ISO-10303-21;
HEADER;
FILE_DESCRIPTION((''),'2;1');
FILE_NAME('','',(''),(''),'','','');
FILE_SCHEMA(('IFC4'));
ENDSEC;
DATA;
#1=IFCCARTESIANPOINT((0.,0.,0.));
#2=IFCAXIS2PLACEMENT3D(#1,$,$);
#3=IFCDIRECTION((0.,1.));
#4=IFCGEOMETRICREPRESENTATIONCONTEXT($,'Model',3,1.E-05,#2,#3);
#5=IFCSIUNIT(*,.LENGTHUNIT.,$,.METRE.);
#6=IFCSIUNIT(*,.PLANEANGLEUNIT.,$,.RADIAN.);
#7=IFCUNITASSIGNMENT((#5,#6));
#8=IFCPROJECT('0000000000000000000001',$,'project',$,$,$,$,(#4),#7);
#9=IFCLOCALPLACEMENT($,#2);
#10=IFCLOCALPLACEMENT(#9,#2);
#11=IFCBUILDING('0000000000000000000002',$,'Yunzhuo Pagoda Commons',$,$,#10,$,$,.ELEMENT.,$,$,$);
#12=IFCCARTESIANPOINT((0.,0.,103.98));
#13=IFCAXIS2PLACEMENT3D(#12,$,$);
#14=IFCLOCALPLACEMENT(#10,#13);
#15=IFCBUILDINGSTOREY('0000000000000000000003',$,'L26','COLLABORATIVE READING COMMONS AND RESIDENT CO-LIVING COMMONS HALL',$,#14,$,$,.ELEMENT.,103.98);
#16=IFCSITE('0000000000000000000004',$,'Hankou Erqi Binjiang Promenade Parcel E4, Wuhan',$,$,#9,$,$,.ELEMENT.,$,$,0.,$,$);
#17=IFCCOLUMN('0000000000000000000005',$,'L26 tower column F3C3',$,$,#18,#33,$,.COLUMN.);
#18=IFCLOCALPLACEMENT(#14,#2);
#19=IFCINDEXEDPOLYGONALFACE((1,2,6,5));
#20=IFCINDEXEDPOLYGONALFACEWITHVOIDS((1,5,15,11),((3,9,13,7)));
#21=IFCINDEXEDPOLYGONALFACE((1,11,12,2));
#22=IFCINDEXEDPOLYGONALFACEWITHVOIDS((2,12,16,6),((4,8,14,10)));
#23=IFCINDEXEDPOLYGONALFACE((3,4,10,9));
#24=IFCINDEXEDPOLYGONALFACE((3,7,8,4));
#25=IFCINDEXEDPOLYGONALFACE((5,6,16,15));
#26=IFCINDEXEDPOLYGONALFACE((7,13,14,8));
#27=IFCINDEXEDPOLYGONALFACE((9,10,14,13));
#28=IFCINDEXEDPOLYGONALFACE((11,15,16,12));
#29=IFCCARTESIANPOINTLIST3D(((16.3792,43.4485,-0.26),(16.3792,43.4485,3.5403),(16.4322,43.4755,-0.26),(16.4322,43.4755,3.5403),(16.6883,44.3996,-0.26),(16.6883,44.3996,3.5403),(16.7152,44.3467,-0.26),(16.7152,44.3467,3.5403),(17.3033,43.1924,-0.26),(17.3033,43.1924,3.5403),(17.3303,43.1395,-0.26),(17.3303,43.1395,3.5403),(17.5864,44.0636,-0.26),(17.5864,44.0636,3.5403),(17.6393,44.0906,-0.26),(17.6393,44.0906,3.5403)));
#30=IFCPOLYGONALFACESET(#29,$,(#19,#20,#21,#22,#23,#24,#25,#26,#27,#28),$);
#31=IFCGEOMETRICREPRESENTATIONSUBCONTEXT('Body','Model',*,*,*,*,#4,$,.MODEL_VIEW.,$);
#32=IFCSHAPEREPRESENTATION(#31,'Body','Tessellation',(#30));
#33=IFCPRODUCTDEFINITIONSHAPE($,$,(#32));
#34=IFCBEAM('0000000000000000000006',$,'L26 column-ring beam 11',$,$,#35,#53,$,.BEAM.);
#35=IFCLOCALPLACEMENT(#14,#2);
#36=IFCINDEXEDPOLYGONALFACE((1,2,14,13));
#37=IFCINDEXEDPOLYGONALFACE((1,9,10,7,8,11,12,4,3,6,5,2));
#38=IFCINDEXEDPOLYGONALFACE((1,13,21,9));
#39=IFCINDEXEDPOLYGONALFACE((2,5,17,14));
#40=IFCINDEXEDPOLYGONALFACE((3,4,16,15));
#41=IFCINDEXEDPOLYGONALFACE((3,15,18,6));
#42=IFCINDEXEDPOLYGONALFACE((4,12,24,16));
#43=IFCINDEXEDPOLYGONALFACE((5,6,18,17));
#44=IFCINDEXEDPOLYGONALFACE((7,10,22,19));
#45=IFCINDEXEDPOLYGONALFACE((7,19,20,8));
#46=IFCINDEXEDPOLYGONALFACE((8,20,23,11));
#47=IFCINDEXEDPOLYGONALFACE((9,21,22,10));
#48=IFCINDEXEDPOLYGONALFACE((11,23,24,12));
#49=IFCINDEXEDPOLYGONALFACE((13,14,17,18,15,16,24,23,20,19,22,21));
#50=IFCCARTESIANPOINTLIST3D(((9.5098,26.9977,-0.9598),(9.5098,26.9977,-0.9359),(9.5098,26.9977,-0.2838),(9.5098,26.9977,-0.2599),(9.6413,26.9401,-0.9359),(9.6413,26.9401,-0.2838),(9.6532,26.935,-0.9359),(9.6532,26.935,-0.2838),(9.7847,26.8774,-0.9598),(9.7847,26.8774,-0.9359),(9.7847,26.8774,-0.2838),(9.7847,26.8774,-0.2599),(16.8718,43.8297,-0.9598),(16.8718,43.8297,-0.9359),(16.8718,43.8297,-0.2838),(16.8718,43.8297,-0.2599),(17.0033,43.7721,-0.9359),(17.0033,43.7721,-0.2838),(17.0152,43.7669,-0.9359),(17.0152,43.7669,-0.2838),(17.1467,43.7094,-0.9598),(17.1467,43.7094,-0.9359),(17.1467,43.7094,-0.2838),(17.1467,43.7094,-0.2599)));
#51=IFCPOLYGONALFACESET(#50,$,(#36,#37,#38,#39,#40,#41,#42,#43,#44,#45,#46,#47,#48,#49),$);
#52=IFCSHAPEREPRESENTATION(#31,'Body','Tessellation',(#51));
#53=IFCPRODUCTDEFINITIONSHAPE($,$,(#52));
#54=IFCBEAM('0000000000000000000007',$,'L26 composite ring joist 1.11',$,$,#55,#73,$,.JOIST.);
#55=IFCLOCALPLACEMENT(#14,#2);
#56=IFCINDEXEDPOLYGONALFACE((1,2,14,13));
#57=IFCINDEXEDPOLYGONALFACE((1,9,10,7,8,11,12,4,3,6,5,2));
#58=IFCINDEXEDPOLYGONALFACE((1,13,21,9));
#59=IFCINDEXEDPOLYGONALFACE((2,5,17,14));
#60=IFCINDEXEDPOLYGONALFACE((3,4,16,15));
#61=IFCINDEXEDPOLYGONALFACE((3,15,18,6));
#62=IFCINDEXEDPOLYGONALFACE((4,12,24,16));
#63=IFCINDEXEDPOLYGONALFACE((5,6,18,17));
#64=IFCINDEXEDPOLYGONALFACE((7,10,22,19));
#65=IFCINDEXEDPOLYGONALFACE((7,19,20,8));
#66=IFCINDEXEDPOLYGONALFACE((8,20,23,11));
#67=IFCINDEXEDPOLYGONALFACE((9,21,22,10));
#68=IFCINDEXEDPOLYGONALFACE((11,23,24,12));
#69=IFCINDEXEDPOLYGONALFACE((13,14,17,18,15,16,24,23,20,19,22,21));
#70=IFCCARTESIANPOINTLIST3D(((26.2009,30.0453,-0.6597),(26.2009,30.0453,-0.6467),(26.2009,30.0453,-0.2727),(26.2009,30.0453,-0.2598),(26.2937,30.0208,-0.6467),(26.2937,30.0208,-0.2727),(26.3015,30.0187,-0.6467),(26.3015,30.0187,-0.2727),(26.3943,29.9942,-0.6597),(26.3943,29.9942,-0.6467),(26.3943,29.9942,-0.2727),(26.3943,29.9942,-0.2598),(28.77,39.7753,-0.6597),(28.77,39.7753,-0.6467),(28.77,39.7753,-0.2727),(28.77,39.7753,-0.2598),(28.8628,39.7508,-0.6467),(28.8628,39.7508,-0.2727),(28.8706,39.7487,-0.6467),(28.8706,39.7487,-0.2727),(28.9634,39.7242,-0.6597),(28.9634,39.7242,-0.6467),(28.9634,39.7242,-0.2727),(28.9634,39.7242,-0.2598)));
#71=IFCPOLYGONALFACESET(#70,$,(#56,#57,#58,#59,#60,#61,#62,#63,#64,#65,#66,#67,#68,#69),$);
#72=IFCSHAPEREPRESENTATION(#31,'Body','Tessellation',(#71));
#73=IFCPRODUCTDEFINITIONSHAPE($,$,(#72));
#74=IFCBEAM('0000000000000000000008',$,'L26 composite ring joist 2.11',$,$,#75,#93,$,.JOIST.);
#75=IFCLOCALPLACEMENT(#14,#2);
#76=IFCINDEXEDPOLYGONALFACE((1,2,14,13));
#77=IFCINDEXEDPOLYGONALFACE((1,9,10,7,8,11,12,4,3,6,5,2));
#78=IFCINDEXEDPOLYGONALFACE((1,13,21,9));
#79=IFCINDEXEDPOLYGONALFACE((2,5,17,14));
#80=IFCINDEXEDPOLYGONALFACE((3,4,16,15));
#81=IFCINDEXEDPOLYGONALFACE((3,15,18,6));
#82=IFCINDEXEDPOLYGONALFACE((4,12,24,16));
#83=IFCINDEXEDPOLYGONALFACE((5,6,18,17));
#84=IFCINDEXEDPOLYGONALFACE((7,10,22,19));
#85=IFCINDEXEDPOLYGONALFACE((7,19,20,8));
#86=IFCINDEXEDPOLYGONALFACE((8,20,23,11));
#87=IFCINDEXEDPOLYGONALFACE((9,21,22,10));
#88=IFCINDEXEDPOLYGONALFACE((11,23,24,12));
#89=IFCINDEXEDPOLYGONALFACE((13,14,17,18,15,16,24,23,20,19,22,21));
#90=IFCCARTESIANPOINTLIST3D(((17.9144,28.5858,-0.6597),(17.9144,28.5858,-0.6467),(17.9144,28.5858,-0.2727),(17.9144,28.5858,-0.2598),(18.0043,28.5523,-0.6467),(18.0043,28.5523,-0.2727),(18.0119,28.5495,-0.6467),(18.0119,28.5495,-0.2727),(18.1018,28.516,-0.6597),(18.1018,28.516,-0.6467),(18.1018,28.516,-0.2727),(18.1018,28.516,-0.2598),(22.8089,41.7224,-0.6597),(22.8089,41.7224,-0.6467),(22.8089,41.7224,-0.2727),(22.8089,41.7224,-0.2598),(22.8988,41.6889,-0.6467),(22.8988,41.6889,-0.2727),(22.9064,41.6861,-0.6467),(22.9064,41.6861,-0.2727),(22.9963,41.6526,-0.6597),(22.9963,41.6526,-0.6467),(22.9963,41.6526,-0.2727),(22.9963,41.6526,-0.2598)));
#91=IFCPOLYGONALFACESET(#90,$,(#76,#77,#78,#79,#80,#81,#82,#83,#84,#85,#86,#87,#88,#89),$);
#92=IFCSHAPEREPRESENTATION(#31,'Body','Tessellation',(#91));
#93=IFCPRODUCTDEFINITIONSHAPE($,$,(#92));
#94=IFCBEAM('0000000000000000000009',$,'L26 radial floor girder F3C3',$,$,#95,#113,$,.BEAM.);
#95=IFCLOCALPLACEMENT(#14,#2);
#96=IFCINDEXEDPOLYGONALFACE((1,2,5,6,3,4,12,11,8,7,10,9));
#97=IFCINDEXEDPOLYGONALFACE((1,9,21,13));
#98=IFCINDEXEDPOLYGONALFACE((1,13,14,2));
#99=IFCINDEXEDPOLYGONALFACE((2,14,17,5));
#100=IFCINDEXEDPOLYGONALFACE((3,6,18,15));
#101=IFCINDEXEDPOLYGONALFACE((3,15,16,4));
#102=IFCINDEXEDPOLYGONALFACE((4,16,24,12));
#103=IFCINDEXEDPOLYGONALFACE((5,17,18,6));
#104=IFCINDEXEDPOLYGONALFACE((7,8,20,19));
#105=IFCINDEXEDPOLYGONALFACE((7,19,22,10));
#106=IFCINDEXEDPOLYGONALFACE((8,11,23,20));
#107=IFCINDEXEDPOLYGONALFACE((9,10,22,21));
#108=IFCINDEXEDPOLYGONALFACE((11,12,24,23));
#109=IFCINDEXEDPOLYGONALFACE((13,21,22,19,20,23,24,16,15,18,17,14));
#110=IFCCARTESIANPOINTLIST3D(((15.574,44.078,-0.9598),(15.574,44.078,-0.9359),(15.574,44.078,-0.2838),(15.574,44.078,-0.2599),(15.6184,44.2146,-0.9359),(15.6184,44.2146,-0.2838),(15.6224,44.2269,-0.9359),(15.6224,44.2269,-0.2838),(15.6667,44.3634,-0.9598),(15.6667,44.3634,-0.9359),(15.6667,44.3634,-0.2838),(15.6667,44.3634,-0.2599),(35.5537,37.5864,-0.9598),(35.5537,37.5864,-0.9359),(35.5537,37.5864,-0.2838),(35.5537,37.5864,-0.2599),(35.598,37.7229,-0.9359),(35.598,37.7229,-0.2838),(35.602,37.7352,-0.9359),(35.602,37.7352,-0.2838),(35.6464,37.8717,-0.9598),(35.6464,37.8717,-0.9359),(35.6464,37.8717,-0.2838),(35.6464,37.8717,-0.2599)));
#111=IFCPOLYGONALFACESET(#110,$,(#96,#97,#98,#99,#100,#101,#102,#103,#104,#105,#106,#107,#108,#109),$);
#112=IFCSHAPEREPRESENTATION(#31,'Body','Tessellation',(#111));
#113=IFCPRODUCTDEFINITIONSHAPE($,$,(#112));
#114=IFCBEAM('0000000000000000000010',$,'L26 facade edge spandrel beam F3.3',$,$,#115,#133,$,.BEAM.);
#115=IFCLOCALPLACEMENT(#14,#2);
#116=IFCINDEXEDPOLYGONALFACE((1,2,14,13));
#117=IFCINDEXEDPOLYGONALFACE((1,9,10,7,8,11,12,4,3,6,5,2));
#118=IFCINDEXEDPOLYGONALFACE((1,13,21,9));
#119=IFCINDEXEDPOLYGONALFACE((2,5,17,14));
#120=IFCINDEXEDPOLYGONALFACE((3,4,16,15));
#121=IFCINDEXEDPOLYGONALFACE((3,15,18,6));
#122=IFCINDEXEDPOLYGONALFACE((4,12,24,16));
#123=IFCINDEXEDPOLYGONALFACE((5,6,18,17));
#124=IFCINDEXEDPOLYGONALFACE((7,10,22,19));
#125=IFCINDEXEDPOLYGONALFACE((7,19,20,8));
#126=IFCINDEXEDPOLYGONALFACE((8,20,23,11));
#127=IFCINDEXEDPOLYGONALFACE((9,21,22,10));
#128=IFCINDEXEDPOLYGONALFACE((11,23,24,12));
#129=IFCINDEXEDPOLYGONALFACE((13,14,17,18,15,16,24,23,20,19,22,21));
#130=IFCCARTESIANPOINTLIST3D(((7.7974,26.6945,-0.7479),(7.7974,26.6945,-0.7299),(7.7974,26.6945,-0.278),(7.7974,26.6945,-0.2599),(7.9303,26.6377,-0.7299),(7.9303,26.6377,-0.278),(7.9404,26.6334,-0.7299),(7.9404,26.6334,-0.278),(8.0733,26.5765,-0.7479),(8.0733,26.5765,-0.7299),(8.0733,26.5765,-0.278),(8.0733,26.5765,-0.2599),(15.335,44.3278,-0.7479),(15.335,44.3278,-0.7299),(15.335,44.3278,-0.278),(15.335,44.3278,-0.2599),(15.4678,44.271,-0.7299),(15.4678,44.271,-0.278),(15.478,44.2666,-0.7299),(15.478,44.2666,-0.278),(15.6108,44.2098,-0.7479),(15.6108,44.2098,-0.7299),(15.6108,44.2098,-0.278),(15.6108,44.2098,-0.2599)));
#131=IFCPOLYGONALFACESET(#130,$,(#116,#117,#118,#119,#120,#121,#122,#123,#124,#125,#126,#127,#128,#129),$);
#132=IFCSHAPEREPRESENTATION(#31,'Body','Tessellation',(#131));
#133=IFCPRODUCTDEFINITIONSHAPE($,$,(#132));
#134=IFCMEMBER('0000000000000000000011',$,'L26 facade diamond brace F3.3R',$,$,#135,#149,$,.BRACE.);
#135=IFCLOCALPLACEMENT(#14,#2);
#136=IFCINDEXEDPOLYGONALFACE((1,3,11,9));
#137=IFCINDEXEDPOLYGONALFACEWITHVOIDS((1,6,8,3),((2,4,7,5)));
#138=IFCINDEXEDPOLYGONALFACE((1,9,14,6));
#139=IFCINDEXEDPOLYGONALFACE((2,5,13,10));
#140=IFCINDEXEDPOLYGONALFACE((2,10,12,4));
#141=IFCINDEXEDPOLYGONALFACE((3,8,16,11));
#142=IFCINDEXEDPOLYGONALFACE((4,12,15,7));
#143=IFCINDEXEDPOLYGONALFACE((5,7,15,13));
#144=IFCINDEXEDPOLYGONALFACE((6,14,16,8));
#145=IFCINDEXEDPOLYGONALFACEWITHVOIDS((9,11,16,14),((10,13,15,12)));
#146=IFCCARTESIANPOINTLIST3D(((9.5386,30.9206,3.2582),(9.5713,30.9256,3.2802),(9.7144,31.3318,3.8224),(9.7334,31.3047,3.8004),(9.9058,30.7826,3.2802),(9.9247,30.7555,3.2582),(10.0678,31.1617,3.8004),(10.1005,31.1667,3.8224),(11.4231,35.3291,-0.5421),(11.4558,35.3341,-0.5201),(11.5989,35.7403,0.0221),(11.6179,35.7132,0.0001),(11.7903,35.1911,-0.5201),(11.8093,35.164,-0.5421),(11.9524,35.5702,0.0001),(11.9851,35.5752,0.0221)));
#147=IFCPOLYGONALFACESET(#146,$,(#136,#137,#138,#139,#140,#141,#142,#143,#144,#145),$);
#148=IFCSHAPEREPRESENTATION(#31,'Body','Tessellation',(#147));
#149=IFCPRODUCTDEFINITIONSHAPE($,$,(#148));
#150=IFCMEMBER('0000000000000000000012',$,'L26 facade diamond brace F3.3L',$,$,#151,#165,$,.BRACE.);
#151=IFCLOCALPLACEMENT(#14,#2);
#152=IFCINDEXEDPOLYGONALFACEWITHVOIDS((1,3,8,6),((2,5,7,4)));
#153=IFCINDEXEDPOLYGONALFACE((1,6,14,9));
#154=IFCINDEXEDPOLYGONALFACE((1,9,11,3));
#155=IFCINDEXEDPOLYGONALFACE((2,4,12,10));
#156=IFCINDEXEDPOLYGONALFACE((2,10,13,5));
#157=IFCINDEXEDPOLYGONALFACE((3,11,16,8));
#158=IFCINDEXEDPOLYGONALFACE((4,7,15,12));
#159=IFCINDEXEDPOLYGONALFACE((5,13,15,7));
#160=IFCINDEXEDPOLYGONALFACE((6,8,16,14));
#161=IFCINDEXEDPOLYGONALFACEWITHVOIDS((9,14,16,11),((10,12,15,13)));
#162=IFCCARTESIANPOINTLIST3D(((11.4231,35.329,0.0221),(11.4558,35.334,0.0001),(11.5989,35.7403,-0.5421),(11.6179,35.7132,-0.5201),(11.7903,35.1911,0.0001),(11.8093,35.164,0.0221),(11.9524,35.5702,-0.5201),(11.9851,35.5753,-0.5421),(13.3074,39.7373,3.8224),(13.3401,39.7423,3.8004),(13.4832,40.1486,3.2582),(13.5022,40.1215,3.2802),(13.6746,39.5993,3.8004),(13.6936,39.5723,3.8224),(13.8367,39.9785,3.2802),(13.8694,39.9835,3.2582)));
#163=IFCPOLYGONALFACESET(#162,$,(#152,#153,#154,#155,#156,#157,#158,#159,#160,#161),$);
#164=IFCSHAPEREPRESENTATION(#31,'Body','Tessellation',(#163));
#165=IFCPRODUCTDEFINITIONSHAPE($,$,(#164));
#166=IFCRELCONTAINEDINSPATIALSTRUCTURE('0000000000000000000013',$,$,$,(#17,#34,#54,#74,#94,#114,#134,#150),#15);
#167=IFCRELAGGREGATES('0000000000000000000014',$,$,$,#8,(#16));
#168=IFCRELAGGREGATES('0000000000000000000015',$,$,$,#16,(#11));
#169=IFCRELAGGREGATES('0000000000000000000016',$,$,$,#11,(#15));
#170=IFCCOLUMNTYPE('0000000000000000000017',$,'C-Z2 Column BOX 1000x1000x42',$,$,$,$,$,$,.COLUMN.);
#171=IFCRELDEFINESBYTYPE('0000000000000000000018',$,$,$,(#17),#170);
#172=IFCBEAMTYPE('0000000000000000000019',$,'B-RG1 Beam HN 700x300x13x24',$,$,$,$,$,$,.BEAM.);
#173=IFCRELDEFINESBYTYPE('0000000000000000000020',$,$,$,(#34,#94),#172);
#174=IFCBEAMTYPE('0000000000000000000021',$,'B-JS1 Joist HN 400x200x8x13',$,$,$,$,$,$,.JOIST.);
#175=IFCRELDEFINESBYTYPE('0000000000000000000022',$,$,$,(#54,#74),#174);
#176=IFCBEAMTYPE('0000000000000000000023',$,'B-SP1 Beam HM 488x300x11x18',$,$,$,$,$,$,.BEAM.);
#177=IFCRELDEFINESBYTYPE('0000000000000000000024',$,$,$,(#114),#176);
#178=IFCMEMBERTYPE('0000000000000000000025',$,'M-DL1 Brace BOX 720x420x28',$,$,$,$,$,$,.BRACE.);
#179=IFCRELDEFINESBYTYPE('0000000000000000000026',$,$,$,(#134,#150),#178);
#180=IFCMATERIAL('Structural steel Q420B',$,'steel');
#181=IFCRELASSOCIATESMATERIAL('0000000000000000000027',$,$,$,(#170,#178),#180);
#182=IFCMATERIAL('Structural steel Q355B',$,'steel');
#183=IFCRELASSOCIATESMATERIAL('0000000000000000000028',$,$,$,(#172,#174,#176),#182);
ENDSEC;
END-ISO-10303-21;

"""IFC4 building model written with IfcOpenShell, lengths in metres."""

from ifc_helpers import new_model, si_unit, direction, frame, origin, origin_2d, place, context, subcontext, project, spatial, hollow_rectangle, i_section, extrude, source, transform, mapped, material, material_profile, profile_set, type_object, element, save


model = new_model("IFC4")

# Units and contexts
model_context = context("Model", 3, precision=1e-05, world=origin(), true_north=direction((0.0, 1.0)))
body_context = subcontext(model_context, "Body", "Model", "MODEL_VIEW")
ifc_project = project(units=[si_unit("LENGTHUNIT", "METRE"), si_unit("PLANEANGLEUNIT", "RADIAN")], contexts=[model_context])

# Site, building, storey
site_placement = place(None, origin())
site = spatial("IfcSite", under=ifc_project, at=site_placement, Name="Hankou Erqi Binjiang Promenade Parcel E4, Wuhan", CompositionType="ELEMENT", RefElevation=0.0)
building_placement = place(site_placement, origin())
building = spatial("IfcBuilding", under=site, at=building_placement, Name="Yunzhuo Pagoda Commons", CompositionType="ELEMENT")
storey_placement = place(building_placement, frame((0.0, 0.0, 103.98)))
storey = spatial("IfcBuildingStorey", under=building, at=storey_placement, Name="L26", Description="COLLABORATIVE READING COMMONS AND RESIDENT CO-LIVING COMMONS HALL", CompositionType="ELEMENT", Elevation=103.98)

# Column
ifc_material_1 = material(Name="Structural steel Q420B", Category="steel")
ifc_material_profile_1 = material_profile(ifc_material_1, hollow_rectangle(XDim=1.0, YDim=1.0, WallThickness=0.042, at=origin_2d()), Name="Structural steel Q420B")
ifc_profile_set_1 = profile_set([ifc_material_profile_1], Name="Structural steel Q420B")
column_type = type_object("IfcColumnType", Name="C-Z2 Column BOX 1000x1000x42", PredefinedType="COLUMN", material=ifc_profile_set_1)
shared_shape_1 = source(origin(), body_context, "Body", "SweptSolid", [
    extrude(hollow_rectangle(XDim=1.0, YDim=1.0, WallThickness=0.042, at=origin_2d()), origin(), (0.0, 0.0, 1.0), 3.8003),
])
column_placement = place(storey_placement, frame((17.0093, 43.7695, -0.26), z_axis=(0.0, 0.0, 1.0), x_axis=(-0.309017, -0.951057, 0.0)))
element("IfcColumn", 1, at=column_placement, inside=storey, type_object=column_type, Name="L26 tower column F3C3", PredefinedType="COLUMN", context=body_context, shape_type="MappedRepresentation", body=[
    mapped(shared_shape_1, transform((0.0, 0.0, 0.0), scale=1.0)),
])

# Beams
ifc_material_2 = material(Name="Structural steel Q355B", Category="steel")
ifc_material_profile_2 = material_profile(ifc_material_2, i_section(OverallWidth=0.3, OverallDepth=0.7, WebThickness=0.0129, FlangeThickness=0.0239, at=origin_2d()), Name="Structural steel Q355B")
ifc_profile_set_2 = profile_set([ifc_material_profile_2], Name="Structural steel Q355B")
beam_type_1 = type_object("IfcBeamType", Name="B-RG1 Beam HN 700x300x13x24", PredefinedType="BEAM", material=ifc_profile_set_2)
shared_shape_2 = source(origin(), body_context, "Body", "SweptSolid", [
    extrude(i_section(OverallWidth=0.3, OverallDepth=0.7, WebThickness=0.0129, FlangeThickness=0.0239, at=origin_2d()), origin(), (0.0, 0.0, 1.0), 18.3716),
])
beam_1_placement = place(storey_placement, frame((17.0093, 43.7695, -0.6099), z_axis=(-0.40073, -0.916196, 0.0), x_axis=(0.916196, -0.40073, 0.0)))
element("IfcBeam", 2, at=beam_1_placement, inside=storey, type_object=beam_type_1, Name="L26 column-ring beam 11", PredefinedType="BEAM", context=body_context, shape_type="MappedRepresentation", body=[
    mapped(shared_shape_2, transform((0.0, 0.0, 0.0), scale=1.0)),
])
ifc_material_profile_3 = material_profile(ifc_material_2, i_section(OverallWidth=0.2, OverallDepth=0.3999, WebThickness=0.0081, FlangeThickness=0.0129, at=origin_2d()), Name="Structural steel Q355B")
ifc_profile_set_3 = profile_set([ifc_material_profile_3], Name="Structural steel Q355B")
beam_type_2 = type_object("IfcBeamType", Name="B-JS1 Joist HN 400x200x8x13", PredefinedType="JOIST", material=ifc_profile_set_3)
shared_shape_3 = source(origin(), body_context, "Body", "SweptSolid", [
    extrude(i_section(OverallWidth=0.2, OverallDepth=0.3999, WebThickness=0.0081, FlangeThickness=0.0129, at=origin_2d()), origin(), (0.0, 0.0, 1.0), 10.0635),
])
beam_2_placement = place(storey_placement, frame((28.8667, 39.7498, -0.4597), z_axis=(-0.25529, -0.966865, 0.0), x_axis=(0.966865, -0.25529, 0.0)))
element("IfcBeam", 3, at=beam_2_placement, inside=storey, type_object=beam_type_2, Name="L26 composite ring joist 1.11", PredefinedType="JOIST", context=body_context, shape_type="MappedRepresentation", body=[
    mapped(shared_shape_3, transform((0.0, 0.0, 0.0), scale=1.0)),
])
shared_shape_4 = source(origin(), body_context, "Body", "SweptSolid", [
    extrude(i_section(OverallWidth=0.2, OverallDepth=0.3999, WebThickness=0.0081, FlangeThickness=0.0129, at=origin_2d()), origin(), (0.0, 0.0, 1.0), 14.0188),
])
beam_3_placement = place(storey_placement, frame((22.9026, 41.6875, -0.4597), z_axis=(-0.349138, -0.937071, 0.0), x_axis=(0.937071, -0.349138, 0.0)))
element("IfcBeam", 4, at=beam_3_placement, inside=storey, type_object=beam_type_2, Name="L26 composite ring joist 2.11", PredefinedType="JOIST", context=body_context, shape_type="MappedRepresentation", body=[
    mapped(shared_shape_4, transform((0.0, 0.0, 0.0), scale=1.0)),
])
shared_shape_5 = source(origin(), body_context, "Body", "SweptSolid", [
    extrude(i_section(OverallWidth=0.3, OverallDepth=0.7, WebThickness=0.0129, FlangeThickness=0.0239, at=origin_2d()), origin(), (0.0, 0.0, 1.0), 21.0078),
])
beam_4_placement = place(storey_placement, frame((15.6204, 44.2207, -0.6099), z_axis=(0.951058, -0.309012, 0.0), x_axis=(0.309012, 0.951058, 0.0)))
element("IfcBeam", 5, at=beam_4_placement, inside=storey, type_object=beam_type_1, Name="L26 radial floor girder F3C3", PredefinedType="BEAM", context=body_context, shape_type="MappedRepresentation", body=[
    mapped(shared_shape_5, transform((0.0, 0.0, 0.0), scale=1.0)),
])
ifc_material_profile_4 = material_profile(ifc_material_2, i_section(OverallWidth=0.3, OverallDepth=0.488, WebThickness=0.011, FlangeThickness=0.0181, at=origin_2d()), Name="Structural steel Q355B")
ifc_profile_set_4 = profile_set([ifc_material_profile_4], Name="Structural steel Q355B")
beam_type_3 = type_object("IfcBeamType", Name="B-SP1 Beam HM 488x300x11x18", PredefinedType="BEAM", material=ifc_profile_set_4)
shared_shape_6 = source(origin(), body_context, "Body", "SweptSolid", [
    extrude(i_section(OverallWidth=0.3, OverallDepth=0.488, WebThickness=0.011, FlangeThickness=0.0181, at=origin_2d()), origin(), (0.0, 0.0, 1.0), 19.1768),
])
beam_5_placement = place(storey_placement, frame((15.4729, 44.2688, -0.5039), z_axis=(-0.393059, -0.919513, 0.0), x_axis=(0.919513, -0.393059, 0.0)))
element("IfcBeam", 6, at=beam_5_placement, inside=storey, type_object=beam_type_3, Name="L26 facade edge spandrel beam F3.3", PredefinedType="BEAM", context=body_context, shape_type="MappedRepresentation", body=[
    mapped(shared_shape_6, transform((0.0, 0.0, 0.0), scale=1.0)),
])

# Members
ifc_material_profile_5 = material_profile(ifc_material_1, hollow_rectangle(XDim=0.4199, YDim=0.72, WallThickness=0.0281, at=origin_2d()), Name="Structural steel Q420B")
ifc_profile_set_5 = profile_set([ifc_material_profile_5], Name="Structural steel Q420B")
member_type_1 = type_object("IfcMemberType", Name="M-DL1 Brace BOX 720x420x28", PredefinedType="BRACE", material=ifc_profile_set_5)
shared_shape_7 = source(origin(), body_context, "Body", "SweptSolid", [
    extrude(hollow_rectangle(XDim=0.4199, YDim=0.72, WallThickness=0.0281, at=origin_2d()), origin(), (0.0, 0.0, 1.0), 6.1179),
])
member_1_placement = place(storey_placement, frame((11.7041, 35.4521, -0.26), z_axis=(-0.308037, -0.720588, 0.621181), x_axis=(0.919508, -0.393071, 0.0)))
element("IfcMember", 7, at=member_1_placement, inside=storey, type_object=member_type_1, Name="L26 facade diamond brace F3.3R", PredefinedType="BRACE", context=body_context, shape_type="MappedRepresentation", body=[
    mapped(shared_shape_7, transform((0.0, 0.0, 0.0), scale=1.0)),
])
shared_shape_8 = source(origin(), body_context, "Body", "SweptSolid", [
    extrude(hollow_rectangle(XDim=0.4199, YDim=0.72, WallThickness=0.0281, at=origin_2d()), origin(), (0.0, 0.0, 1.0), 6.1177),
])
member_2_placement = place(storey_placement, frame((11.7041, 35.4521, -0.26), z_axis=(0.308009, 0.720578, 0.621207), x_axis=(-0.919519, 0.393046, 0.0)))
element("IfcMember", 8, at=member_2_placement, inside=storey, type_object=member_type_1, Name="L26 facade diamond brace F3.3L", PredefinedType="BRACE", context=body_context, shape_type="MappedRepresentation", body=[
    mapped(shared_shape_8, transform((0.0, 0.0, 0.0), scale=1.0)),
])

save(model, "model.ifc")
